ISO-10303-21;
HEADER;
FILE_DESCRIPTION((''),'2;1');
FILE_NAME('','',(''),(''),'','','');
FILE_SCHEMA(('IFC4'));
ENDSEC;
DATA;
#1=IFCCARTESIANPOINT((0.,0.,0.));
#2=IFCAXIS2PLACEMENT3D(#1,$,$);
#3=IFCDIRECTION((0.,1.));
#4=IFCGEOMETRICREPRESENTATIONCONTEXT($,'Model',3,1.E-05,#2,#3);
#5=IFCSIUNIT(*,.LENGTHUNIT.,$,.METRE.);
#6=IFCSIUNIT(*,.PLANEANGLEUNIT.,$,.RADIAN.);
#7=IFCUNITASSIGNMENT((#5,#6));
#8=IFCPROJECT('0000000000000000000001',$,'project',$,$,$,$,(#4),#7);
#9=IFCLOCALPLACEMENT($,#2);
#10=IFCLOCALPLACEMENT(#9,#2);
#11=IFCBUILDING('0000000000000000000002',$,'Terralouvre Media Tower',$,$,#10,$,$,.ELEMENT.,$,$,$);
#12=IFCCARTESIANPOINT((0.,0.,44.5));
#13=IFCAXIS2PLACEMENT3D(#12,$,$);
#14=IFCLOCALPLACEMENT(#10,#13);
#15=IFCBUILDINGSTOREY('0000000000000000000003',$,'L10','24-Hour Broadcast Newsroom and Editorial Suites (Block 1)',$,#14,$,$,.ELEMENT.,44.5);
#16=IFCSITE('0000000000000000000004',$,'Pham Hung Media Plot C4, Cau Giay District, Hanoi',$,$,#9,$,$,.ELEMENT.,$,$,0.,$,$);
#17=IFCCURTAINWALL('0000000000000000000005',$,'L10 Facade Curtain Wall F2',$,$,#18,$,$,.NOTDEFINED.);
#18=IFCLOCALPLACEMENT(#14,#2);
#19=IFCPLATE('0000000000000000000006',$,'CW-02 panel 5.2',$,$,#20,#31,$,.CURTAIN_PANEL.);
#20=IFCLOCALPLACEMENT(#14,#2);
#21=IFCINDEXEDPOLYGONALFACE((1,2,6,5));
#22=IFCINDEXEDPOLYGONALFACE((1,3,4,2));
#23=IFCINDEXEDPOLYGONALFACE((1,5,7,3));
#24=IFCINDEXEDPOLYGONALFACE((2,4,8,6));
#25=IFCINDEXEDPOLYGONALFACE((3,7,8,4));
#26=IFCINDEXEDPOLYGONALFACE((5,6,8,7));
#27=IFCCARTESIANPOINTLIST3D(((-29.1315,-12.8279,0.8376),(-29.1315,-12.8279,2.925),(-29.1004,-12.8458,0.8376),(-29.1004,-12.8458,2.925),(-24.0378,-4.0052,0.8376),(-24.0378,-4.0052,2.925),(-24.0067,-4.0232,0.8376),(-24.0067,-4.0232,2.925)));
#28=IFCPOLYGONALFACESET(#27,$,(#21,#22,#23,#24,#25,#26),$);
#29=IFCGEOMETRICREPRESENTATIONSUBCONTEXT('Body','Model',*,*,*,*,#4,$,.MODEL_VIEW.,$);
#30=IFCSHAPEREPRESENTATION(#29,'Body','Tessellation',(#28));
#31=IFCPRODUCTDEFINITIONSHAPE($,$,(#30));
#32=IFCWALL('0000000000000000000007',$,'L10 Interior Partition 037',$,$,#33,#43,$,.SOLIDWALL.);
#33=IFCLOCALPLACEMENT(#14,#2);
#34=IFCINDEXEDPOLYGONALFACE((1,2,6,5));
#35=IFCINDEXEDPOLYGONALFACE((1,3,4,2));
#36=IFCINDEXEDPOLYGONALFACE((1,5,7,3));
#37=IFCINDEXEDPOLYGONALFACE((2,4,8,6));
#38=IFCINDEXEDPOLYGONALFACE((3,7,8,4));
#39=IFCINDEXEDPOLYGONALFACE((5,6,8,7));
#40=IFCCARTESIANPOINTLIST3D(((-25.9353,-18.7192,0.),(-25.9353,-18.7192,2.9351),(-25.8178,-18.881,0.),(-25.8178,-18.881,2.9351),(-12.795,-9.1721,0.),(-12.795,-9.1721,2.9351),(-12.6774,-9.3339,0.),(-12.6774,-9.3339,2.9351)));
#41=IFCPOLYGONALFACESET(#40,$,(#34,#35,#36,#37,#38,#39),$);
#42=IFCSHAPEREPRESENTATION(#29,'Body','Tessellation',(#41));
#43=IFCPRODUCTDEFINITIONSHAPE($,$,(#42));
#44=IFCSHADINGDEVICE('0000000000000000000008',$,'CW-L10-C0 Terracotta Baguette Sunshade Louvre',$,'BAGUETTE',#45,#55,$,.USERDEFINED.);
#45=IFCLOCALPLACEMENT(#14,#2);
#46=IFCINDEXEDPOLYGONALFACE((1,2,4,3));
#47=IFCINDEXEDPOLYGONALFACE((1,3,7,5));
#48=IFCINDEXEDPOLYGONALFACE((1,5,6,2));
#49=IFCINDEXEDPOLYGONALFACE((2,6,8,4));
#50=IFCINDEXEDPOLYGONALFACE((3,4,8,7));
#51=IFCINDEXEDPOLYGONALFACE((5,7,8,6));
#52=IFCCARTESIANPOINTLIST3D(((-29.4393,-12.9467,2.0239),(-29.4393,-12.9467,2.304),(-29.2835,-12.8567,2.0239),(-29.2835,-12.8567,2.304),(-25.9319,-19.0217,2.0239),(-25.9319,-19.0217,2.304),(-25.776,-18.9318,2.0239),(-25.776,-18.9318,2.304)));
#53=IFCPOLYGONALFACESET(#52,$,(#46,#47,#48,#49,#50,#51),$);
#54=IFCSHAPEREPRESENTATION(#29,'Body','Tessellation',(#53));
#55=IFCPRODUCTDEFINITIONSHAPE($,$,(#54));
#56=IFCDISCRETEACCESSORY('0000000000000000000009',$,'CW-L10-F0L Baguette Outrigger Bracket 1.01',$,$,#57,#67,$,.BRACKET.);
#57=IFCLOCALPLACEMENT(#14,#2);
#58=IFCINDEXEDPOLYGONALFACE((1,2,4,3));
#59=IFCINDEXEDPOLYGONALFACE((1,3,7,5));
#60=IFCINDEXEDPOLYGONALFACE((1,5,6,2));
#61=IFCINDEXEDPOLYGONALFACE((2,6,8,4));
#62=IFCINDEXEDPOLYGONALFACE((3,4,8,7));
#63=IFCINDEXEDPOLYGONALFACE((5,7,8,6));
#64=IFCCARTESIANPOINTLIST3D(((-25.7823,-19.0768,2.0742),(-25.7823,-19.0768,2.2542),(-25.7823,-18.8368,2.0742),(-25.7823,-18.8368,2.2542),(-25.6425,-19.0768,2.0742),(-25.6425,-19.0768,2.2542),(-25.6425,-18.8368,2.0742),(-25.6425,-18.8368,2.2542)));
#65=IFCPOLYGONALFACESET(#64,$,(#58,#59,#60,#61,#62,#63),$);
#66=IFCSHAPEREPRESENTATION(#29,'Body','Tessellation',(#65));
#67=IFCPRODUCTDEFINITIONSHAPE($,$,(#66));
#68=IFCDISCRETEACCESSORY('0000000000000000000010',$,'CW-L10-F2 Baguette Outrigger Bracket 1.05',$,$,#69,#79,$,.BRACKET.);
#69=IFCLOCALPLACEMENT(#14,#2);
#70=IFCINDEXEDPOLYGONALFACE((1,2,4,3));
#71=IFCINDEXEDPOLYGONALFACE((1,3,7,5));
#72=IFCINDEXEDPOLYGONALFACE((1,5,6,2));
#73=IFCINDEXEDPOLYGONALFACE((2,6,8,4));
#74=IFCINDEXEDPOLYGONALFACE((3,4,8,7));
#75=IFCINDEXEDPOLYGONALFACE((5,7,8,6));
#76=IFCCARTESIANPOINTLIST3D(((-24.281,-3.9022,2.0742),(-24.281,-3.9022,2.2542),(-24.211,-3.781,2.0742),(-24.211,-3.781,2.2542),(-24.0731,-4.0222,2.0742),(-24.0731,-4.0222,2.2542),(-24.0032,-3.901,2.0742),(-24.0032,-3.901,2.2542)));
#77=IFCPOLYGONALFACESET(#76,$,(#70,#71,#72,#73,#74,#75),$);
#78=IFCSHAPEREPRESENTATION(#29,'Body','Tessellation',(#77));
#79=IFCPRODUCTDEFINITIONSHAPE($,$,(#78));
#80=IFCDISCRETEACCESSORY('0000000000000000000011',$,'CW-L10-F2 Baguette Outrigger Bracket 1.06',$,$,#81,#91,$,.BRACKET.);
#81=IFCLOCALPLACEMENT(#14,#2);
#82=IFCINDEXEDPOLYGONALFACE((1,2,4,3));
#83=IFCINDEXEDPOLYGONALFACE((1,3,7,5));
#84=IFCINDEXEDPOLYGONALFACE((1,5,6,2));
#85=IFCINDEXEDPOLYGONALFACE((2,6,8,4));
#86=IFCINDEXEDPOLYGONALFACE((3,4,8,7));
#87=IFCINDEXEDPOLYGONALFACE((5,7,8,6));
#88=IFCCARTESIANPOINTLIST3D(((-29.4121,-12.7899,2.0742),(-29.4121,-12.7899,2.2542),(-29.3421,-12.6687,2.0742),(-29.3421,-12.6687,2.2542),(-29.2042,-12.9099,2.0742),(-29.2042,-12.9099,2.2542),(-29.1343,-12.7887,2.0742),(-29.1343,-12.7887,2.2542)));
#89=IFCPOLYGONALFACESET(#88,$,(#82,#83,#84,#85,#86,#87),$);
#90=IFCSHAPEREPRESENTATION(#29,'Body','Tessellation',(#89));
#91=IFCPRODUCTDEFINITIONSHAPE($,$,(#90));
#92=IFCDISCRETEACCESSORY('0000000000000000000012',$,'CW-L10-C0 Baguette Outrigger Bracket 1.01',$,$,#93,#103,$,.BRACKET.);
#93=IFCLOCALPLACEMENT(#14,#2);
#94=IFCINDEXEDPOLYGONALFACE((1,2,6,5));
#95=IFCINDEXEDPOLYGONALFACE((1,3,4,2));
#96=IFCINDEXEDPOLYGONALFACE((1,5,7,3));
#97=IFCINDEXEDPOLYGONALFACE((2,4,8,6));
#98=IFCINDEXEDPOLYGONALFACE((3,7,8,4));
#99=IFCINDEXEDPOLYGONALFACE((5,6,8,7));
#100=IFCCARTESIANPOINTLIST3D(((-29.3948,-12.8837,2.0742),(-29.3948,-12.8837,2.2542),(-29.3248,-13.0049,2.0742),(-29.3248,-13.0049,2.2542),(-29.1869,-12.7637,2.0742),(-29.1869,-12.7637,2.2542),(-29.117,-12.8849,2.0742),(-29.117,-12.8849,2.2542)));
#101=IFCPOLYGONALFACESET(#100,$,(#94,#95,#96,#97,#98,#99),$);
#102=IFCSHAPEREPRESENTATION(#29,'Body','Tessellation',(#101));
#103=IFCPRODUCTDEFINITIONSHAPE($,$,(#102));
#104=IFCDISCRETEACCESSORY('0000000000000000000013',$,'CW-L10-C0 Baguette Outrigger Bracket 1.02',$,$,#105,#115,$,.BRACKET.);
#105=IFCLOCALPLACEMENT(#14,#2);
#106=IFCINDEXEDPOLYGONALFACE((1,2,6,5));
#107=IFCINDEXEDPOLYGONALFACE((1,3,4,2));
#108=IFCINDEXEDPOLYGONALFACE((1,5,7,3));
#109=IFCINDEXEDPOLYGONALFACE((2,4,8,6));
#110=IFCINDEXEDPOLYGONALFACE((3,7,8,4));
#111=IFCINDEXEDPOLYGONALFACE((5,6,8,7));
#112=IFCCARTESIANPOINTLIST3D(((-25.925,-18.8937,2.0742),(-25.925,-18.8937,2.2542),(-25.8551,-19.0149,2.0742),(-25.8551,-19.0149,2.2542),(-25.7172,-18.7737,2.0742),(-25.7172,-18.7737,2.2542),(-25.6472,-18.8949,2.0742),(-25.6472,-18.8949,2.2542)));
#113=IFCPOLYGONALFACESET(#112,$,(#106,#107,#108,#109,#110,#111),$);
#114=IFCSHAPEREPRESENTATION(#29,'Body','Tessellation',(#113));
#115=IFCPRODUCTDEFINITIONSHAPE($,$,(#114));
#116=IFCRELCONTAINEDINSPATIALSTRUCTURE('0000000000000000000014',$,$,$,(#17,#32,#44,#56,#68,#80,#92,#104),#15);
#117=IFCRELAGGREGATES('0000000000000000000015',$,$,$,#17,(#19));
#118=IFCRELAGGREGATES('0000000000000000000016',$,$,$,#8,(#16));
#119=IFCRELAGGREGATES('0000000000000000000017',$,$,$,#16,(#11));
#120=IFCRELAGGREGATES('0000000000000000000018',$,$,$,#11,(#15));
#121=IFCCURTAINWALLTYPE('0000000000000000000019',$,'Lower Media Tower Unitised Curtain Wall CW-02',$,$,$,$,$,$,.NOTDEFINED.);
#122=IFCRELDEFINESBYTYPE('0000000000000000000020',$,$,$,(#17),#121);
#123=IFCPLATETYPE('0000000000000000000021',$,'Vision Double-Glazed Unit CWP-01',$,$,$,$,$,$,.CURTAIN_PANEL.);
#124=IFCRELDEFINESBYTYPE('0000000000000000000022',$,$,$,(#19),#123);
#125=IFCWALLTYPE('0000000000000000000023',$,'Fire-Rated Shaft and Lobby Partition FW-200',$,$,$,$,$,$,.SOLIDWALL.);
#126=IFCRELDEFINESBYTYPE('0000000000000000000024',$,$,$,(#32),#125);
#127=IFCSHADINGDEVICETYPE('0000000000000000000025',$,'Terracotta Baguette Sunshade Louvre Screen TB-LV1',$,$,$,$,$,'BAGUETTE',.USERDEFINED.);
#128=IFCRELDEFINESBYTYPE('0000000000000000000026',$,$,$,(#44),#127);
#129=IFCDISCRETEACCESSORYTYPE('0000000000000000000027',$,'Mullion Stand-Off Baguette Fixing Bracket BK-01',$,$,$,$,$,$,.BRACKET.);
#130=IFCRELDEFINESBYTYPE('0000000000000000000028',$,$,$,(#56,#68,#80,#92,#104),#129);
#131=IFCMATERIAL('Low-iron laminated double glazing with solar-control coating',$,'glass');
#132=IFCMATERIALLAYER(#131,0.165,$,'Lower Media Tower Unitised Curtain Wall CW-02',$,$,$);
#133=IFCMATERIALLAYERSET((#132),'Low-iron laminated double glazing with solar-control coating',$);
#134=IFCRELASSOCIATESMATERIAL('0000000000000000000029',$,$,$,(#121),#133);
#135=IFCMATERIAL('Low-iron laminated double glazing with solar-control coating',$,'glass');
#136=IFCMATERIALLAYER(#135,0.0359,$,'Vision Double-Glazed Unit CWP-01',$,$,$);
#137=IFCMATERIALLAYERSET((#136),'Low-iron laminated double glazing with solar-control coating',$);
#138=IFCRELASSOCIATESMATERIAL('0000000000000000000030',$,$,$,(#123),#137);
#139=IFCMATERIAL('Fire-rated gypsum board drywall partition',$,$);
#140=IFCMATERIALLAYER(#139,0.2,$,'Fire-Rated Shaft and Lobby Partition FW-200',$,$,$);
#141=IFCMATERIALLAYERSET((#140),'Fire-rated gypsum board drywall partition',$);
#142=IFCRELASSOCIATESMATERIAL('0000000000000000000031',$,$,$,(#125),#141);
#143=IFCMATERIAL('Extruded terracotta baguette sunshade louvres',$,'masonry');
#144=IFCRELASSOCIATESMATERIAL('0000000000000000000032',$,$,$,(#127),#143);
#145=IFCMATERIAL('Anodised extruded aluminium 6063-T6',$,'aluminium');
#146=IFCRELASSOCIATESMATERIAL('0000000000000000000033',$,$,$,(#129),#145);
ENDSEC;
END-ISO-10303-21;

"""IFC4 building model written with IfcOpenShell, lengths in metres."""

from ifc_helpers import new_model, si_unit, direction, frame, frame_2d, origin, origin_2d, place, context, subcontext, project, spatial, rectangle, extrude, material, layer, layer_set, type_object, element, aggregate, save


model = new_model("IFC4")

# Units and contexts
model_context = context("Model", 3, precision=1e-05, world=origin(), true_north=direction((0.0, 1.0)))
body_context = subcontext(model_context, "Body", "Model", "MODEL_VIEW")
ifc_project = project(units=[si_unit("LENGTHUNIT", "METRE"), si_unit("PLANEANGLEUNIT", "RADIAN")], contexts=[model_context])

# Site, building, storey
site_placement = place(None, origin())
site = spatial("IfcSite", under=ifc_project, at=site_placement, Name="Pham Hung Media Plot C4, Cau Giay District, Hanoi", CompositionType="ELEMENT", RefElevation=0.0)
building_placement = place(site_placement, origin())
building = spatial("IfcBuilding", under=site, at=building_placement, Name="Terralouvre Media Tower", CompositionType="ELEMENT")
storey_placement = place(building_placement, frame((0.0, 0.0, 44.5)))
storey = spatial("IfcBuildingStorey", under=building, at=storey_placement, Name="L10", Description="24-Hour Broadcast Newsroom and Editorial Suites (Block 1)", CompositionType="ELEMENT", Elevation=44.5)

# Shared definitions
ifc_material_1 = material(Name="Low-iron laminated double glazing with solar-control coating", Category="glass")
ifc_layer_1 = layer(ifc_material_1, 0.165, Name="Lower Media Tower Unitised Curtain Wall CW-02")
ifc_layer_set_1 = layer_set([ifc_layer_1], Name="Low-iron laminated double glazing with solar-control coating")
curtain_wall_type_1 = type_object("IfcCurtainWallType", Name="Lower Media Tower Unitised Curtain Wall CW-02", PredefinedType="NOTDEFINED", material=ifc_layer_set_1)

# Curtain wall
curtain_wall_1_placement = place(storey_placement, origin())
curtain_wall_1 = element("IfcCurtainWall", 1, at=curtain_wall_1_placement, inside=storey, type_object=curtain_wall_type_1, Name="L10 Facade Curtain Wall F2", PredefinedType="NOTDEFINED")

# Plate
ifc_material_2 = material(Name="Low-iron laminated double glazing with solar-control coating", Category="glass")
ifc_layer_2 = layer(ifc_material_2, 0.0359, Name="Vision Double-Glazed Unit CWP-01")
ifc_layer_set_2 = layer_set([ifc_layer_2], Name="Low-iron laminated double glazing with solar-control coating")
plate_type_1 = type_object("IfcPlateType", Name="Vision Double-Glazed Unit CWP-01", PredefinedType="CURTAIN_PANEL", material=ifc_layer_set_2)
plate_1_placement = place(storey_placement, frame((-26.5691, -8.4255, 0.8376), z_axis=(0.0, 0.0, 1.0), x_axis=(-0.5, -0.866025, 0.0)))
plate_1 = element("IfcPlate", 2, at=plate_1_placement, type_object=plate_type_1, Name="CW-02 panel 5.2", PredefinedType="CURTAIN_PANEL", context=body_context, shape_type="SweptSolid", body=[
    extrude(rectangle(XDim=10.1875, YDim=0.0359, at=origin_2d()), origin(), (0.0, 0.0, 1.0), 2.0874),
])
aggregate(curtain_wall_1, [plate_1])

# Wall
ifc_material_3 = material(Name="Fire-rated gypsum board drywall partition")
ifc_layer_3 = layer(ifc_material_3, 0.2, Name="Fire-Rated Shaft and Lobby Partition FW-200")
ifc_layer_set_3 = layer_set([ifc_layer_3], Name="Fire-rated gypsum board drywall partition")
wall_type = type_object("IfcWallType", Name="Fire-Rated Shaft and Lobby Partition FW-200", PredefinedType="SOLIDWALL", material=ifc_layer_set_3)
wall_placement = place(storey_placement, frame((-25.8765, -18.8, 0.0), z_axis=(0.0, 0.0, 1.0), x_axis=(0.809015, 0.587788, 0.0)))
element("IfcWall", 3, at=wall_placement, inside=storey, type_object=wall_type, Name="L10 Interior Partition 037", PredefinedType="SOLIDWALL", context=body_context, shape_type="SweptSolid", body=[
    extrude(rectangle(XDim=16.2424, YDim=0.2, at=frame_2d((8.1211, 0.0))), origin(), (0.0, 0.0, 1.0), 2.9351),
])

# Shading device
ifc_material_4 = material(Name="Extruded terracotta baguette sunshade louvres", Category="masonry")
shading_device_type = type_object("IfcShadingDeviceType", Name="Terracotta Baguette Sunshade Louvre Screen TB-LV1", ElementType="BAGUETTE", PredefinedType="USERDEFINED", material=ifc_material_4)
shading_device_placement = place(storey_placement, frame((-27.6077, -15.9392, 2.0239), z_axis=(0.0, 0.0, 1.0), x_axis=(0.5, -0.866026, 0.0)))
element("IfcShadingDevice", 4, at=shading_device_placement, inside=storey, type_object=shading_device_type, Name="CW-L10-C0 Terracotta Baguette Sunshade Louvre", ObjectType="BAGUETTE", PredefinedType="USERDEFINED", context=body_context, shape_type="SweptSolid", body=[
    extrude(rectangle(XDim=7.0149, YDim=0.1799, at=origin_2d()), origin(), (0.0, 0.0, 1.0), 0.28),
])

# Discrete accessories
ifc_material_5 = material(Name="Anodised extruded aluminium 6063-T6", Category="aluminium")
discrete_accessory_type = type_object("IfcDiscreteAccessoryType", Name="Mullion Stand-Off Baguette Fixing Bracket BK-01", PredefinedType="BRACKET", material=ifc_material_5)
for number, where, z_axis, x_axis, name in (
    (5, (-25.7124, -18.9568, 2.0742), (0.0, 0.0, 1.0), (1.0, 0.0, 0.0), "CW-L10-F0L Baguette Outrigger Bracket 1.01"),
    (6, (-24.1421, -3.9016, 2.0742), (0.0, 0.0, 1.0), (-0.5, -0.866025, 0.0), "CW-L10-F2 Baguette Outrigger Bracket 1.05"),
    (7, (-29.2732, -12.7893, 2.0742), (0.0, 0.0, 1.0), (-0.5, -0.866025, 0.0), "CW-L10-F2 Baguette Outrigger Bracket 1.06"),
    (8, (-29.2559, -12.8843, 2.0742), (0.0, 0.0, 1.0), (0.5, -0.866026, 0.0), "CW-L10-C0 Baguette Outrigger Bracket 1.01"),
    (9, (-25.7861, -18.8943, 2.0742), (0.0, 0.0, 1.0), (0.5, -0.866026, 0.0), "CW-L10-C0 Baguette Outrigger Bracket 1.02"),
):
    element("IfcDiscreteAccessory", number, at=place(storey_placement, frame(where, z_axis=z_axis, x_axis=x_axis)), inside=storey, type_object=discrete_accessory_type, Name=name, PredefinedType="BRACKET", context=body_context, shape_type="SweptSolid", body=[
        extrude(rectangle(XDim=0.1399, YDim=0.24, at=origin_2d()), origin(), (0.0, 0.0, 1.0), 0.1799),
    ])

save(model, "model.ifc")
